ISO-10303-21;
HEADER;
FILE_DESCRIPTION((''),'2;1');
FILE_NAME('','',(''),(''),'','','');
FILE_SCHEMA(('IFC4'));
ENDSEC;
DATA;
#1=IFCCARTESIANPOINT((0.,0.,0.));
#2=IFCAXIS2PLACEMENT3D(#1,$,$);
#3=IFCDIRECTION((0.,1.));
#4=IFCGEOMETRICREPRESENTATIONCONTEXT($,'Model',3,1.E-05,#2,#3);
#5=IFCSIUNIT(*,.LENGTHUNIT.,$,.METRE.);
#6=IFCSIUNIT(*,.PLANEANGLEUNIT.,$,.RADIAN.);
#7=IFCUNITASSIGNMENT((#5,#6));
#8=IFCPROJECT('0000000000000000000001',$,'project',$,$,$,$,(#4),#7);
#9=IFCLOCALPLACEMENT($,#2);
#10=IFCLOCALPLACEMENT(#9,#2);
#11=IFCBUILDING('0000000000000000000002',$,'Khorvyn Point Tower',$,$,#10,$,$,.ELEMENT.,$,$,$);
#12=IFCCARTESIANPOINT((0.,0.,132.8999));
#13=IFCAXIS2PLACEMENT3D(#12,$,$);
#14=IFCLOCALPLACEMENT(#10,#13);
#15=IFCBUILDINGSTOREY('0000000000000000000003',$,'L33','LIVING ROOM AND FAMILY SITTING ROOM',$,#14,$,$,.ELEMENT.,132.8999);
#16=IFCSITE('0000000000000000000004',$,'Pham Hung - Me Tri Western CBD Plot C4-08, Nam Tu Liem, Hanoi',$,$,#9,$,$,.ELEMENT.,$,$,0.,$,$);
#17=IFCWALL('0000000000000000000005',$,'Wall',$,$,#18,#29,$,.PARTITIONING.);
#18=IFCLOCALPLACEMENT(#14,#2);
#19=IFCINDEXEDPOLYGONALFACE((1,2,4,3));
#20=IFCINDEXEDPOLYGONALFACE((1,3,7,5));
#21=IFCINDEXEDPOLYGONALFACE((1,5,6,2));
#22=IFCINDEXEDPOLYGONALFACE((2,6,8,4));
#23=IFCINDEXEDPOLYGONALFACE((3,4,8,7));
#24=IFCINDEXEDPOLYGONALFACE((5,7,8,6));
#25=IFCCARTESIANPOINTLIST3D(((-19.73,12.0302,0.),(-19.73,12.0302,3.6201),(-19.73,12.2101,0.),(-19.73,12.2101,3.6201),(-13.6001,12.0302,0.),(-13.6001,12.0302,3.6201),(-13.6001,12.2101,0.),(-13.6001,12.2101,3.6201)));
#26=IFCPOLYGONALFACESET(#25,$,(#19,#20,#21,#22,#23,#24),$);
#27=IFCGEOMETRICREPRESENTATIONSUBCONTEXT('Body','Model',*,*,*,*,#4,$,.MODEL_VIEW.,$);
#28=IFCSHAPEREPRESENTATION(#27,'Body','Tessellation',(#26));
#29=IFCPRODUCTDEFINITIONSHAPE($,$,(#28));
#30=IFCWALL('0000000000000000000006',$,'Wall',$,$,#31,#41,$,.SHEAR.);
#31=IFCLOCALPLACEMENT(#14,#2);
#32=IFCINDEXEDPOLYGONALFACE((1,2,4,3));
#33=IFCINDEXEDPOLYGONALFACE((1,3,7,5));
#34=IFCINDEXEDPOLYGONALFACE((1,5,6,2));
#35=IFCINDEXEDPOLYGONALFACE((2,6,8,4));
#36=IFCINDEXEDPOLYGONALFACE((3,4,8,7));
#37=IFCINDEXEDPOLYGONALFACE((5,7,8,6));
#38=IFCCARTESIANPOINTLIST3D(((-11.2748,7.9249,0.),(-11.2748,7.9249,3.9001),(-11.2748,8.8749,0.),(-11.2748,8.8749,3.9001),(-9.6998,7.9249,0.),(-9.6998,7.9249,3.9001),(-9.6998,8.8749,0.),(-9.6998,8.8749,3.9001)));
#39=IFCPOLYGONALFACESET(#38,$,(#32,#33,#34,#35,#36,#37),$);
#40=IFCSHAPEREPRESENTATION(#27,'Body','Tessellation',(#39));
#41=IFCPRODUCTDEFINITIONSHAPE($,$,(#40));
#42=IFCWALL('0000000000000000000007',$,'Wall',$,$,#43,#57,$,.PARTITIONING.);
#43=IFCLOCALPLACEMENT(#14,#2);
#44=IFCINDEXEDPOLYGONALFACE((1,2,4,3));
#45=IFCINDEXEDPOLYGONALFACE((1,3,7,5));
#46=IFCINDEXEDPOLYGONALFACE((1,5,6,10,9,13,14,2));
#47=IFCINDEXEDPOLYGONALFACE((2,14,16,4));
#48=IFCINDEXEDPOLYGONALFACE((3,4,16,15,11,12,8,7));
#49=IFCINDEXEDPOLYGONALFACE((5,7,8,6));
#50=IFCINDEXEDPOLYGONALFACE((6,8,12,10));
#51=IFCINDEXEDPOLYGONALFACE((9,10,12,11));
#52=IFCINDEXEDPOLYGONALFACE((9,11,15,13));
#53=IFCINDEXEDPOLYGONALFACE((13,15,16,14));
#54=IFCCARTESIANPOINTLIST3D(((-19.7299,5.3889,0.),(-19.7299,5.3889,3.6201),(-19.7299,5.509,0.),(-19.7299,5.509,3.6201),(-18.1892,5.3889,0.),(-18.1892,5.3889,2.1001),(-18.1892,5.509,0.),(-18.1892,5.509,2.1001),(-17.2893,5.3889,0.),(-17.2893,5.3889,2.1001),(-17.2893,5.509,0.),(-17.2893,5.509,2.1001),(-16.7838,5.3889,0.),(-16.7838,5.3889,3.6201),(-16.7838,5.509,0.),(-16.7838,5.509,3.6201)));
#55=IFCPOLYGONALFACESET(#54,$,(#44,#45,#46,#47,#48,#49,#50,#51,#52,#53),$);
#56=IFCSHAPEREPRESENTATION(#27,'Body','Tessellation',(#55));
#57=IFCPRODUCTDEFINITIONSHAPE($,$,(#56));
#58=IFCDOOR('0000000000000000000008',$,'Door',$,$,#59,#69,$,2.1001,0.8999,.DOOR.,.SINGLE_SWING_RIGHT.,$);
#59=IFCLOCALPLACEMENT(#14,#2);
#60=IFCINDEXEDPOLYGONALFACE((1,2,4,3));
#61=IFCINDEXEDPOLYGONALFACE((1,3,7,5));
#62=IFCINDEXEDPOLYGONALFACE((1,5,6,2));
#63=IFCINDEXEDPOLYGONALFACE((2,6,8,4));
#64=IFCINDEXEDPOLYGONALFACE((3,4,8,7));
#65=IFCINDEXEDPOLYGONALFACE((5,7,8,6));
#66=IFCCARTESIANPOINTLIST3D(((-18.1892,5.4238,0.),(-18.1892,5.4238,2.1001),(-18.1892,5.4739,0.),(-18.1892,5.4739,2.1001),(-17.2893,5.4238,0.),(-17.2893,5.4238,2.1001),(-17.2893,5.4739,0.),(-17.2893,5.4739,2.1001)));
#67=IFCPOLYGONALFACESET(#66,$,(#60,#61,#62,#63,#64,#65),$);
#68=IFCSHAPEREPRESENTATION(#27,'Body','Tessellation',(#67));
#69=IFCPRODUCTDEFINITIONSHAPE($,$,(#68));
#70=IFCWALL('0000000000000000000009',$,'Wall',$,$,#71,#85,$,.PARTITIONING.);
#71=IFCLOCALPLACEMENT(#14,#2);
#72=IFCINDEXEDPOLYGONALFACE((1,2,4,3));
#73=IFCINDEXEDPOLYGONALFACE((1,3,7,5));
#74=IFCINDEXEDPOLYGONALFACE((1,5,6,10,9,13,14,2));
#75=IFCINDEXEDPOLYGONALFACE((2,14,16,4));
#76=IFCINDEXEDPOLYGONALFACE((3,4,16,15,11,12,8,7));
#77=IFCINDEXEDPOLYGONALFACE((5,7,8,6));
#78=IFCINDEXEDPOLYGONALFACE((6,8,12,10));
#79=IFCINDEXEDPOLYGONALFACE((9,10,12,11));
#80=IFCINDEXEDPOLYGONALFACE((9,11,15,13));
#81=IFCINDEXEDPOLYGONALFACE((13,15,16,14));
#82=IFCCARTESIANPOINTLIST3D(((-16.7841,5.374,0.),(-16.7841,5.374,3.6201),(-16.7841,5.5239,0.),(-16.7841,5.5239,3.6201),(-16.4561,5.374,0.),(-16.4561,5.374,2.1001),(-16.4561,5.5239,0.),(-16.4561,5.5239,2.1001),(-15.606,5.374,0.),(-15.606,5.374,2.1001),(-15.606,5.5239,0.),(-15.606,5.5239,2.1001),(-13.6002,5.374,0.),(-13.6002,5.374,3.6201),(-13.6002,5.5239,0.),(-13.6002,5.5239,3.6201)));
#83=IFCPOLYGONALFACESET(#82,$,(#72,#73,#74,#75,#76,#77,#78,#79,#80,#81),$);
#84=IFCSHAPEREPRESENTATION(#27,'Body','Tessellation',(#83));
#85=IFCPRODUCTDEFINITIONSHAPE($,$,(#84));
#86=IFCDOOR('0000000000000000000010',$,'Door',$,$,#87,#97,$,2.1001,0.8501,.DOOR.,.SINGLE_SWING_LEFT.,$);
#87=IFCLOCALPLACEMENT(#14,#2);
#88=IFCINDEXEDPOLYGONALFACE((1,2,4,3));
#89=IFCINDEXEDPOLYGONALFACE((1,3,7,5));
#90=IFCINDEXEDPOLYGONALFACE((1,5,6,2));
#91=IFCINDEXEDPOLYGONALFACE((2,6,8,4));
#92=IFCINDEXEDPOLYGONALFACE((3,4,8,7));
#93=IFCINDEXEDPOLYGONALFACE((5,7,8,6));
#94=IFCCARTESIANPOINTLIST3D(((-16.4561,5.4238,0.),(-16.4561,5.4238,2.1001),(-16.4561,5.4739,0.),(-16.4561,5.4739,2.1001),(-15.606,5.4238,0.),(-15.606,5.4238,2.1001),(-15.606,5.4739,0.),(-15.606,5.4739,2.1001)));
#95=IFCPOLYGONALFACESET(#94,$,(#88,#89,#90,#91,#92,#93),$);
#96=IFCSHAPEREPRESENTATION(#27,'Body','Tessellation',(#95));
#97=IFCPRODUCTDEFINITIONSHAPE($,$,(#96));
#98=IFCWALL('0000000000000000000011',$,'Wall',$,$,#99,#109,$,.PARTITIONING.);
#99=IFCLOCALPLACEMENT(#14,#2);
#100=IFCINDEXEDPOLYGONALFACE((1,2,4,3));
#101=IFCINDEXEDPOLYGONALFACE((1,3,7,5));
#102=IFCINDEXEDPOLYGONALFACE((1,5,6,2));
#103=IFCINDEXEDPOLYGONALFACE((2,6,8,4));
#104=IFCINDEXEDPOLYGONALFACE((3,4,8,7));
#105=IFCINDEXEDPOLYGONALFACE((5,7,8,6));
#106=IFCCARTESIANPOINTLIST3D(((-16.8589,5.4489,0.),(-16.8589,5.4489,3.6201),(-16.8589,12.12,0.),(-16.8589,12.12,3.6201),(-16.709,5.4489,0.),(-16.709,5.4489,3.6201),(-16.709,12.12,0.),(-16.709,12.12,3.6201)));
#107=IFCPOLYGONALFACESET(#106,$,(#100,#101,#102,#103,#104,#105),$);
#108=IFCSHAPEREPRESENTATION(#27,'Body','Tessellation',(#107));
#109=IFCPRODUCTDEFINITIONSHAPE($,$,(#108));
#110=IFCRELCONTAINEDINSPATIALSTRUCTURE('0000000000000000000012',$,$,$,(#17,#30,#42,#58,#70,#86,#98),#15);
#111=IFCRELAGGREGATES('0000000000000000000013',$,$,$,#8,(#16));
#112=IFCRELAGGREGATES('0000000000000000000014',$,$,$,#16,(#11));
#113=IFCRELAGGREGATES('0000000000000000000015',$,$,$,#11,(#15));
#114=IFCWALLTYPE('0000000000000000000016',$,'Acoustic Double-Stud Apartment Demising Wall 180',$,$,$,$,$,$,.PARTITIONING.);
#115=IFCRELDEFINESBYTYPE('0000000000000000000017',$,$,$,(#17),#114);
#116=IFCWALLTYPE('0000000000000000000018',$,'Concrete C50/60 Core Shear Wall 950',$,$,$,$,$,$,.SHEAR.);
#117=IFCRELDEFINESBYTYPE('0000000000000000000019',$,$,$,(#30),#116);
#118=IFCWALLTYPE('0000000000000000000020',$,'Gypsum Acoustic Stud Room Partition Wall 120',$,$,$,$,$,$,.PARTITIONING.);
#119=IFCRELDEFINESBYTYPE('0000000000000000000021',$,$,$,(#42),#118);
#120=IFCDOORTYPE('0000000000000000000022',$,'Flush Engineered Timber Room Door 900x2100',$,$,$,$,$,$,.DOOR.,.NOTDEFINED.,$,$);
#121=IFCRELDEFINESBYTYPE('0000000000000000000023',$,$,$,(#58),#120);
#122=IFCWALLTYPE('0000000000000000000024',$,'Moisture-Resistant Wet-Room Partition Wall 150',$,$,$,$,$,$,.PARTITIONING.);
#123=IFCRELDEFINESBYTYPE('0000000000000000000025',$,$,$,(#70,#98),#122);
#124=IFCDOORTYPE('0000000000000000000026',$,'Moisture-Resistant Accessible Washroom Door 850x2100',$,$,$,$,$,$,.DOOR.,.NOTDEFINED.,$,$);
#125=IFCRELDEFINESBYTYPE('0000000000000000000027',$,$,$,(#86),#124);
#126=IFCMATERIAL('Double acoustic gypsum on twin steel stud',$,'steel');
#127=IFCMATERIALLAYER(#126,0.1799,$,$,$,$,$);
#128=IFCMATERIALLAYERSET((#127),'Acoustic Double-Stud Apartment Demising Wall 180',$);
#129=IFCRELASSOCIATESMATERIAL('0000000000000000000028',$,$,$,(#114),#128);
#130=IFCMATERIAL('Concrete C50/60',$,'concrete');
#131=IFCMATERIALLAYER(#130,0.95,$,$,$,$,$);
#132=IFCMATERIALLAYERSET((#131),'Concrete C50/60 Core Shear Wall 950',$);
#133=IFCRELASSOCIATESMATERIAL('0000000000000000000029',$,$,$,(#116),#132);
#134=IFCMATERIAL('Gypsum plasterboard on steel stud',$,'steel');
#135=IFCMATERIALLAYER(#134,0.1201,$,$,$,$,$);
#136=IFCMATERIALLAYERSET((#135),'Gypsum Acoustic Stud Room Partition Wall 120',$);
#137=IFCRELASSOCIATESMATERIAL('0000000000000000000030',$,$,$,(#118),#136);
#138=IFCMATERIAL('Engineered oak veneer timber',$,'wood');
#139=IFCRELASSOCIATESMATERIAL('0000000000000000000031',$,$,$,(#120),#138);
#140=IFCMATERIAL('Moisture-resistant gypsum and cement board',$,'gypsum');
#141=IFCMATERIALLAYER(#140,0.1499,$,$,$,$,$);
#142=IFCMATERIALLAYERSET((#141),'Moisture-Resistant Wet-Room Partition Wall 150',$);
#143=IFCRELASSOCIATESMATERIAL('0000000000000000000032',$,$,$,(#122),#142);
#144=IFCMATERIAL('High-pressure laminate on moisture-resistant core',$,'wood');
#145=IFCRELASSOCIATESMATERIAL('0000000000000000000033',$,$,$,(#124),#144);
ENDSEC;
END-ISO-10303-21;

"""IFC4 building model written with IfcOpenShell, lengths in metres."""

from ifc_helpers import new_model, si_unit, direction, frame, frame_2d, origin, place, context, subcontext, project, spatial, rectangle, extrude, material, layer, layer_set, type_object, element, fill, save


model = new_model("IFC4")

# Units and contexts
model_context = context("Model", 3, precision=1e-05, world=origin(), true_north=direction((0.0, 1.0)))
body_context = subcontext(model_context, "Body", "Model", "MODEL_VIEW")
ifc_project = project(units=[si_unit("LENGTHUNIT", "METRE"), si_unit("PLANEANGLEUNIT", "RADIAN")], contexts=[model_context])

# Site, building, storey
site_placement = place(None, origin())
site = spatial("IfcSite", under=ifc_project, at=site_placement, Name="Pham Hung - Me Tri Western CBD Plot C4-08, Nam Tu Liem, Hanoi", CompositionType="ELEMENT", RefElevation=0.0)
building_placement = place(site_placement, origin())
building = spatial("IfcBuilding", under=site, at=building_placement, Name="Khorvyn Point Tower", CompositionType="ELEMENT")
storey_placement = place(building_placement, frame((0.0, 0.0, 132.8999)))
storey = spatial("IfcBuildingStorey", under=building, at=storey_placement, Name="L33", Description="LIVING ROOM AND FAMILY SITTING ROOM", CompositionType="ELEMENT", Elevation=132.8999)

# Shared definitions
ifc_material_1 = material(Name="Concrete C50/60", Category="concrete")

# Shared definitions
ifc_material_2 = material(Name="Double acoustic gypsum on twin steel stud", Category="steel")
ifc_layer_1 = layer(ifc_material_2, 0.1799)
ifc_layer_set_1 = layer_set([ifc_layer_1], Name="Acoustic Double-Stud Apartment Demising Wall 180")
wall_type_1 = type_object("IfcWallType", Name="Acoustic Double-Stud Apartment Demising Wall 180", PredefinedType="PARTITIONING", material=ifc_layer_set_1)

# Walls
wall_1_placement = place(storey_placement, frame((-19.73, 12.1201, 0.0), z_axis=(0.0, 0.0, 1.0), x_axis=(1.0, 0.0, 0.0)))
element("IfcWall", 1, at=wall_1_placement, inside=storey, type_object=wall_type_1, Name="Wall", PredefinedType="PARTITIONING", context=body_context, shape_type="SweptSolid", body=[
    extrude(rectangle(XDim=6.1299, YDim=0.1799, at=frame_2d((3.0649, 0.0))), origin(), (0.0, 0.0, 1.0), 3.6201),
])
ifc_layer_2 = layer(ifc_material_1, 0.95)
ifc_layer_set_2 = layer_set([ifc_layer_2], Name="Concrete C50/60 Core Shear Wall 950")
wall_type_2 = type_object("IfcWallType", Name="Concrete C50/60 Core Shear Wall 950", PredefinedType="SHEAR", material=ifc_layer_set_2)
wall_2_placement = place(storey_placement, frame((-11.2749, 8.3999, 0.0), z_axis=(0.0, 0.0, 1.0), x_axis=(1.0, 0.0, 0.0)))
element("IfcWall", 2, at=wall_2_placement, inside=storey, type_object=wall_type_2, Name="Wall", PredefinedType="SHEAR", context=body_context, shape_type="SweptSolid", body=[
    extrude(rectangle(XDim=1.575, YDim=0.95, at=frame_2d((0.7876, 0.0))), origin(), (0.0, 0.0, 1.0), 3.9001),
])

# Walls, openings, doors
ifc_material_3 = material(Name="Gypsum plasterboard on steel stud", Category="steel")
ifc_layer_3 = layer(ifc_material_3, 0.1201)
ifc_layer_set_3 = layer_set([ifc_layer_3], Name="Gypsum Acoustic Stud Room Partition Wall 120")
wall_type_3 = type_object("IfcWallType", Name="Gypsum Acoustic Stud Room Partition Wall 120", PredefinedType="PARTITIONING", material=ifc_layer_set_3)
wall_3_placement = place(storey_placement, frame((-19.73, 5.449, 0.0), z_axis=(0.0, 0.0, 1.0), x_axis=(1.0, 0.0, 0.0)))
wall_3 = element("IfcWall", 3, at=wall_3_placement, inside=storey, type_object=wall_type_3, Name="Wall", PredefinedType="PARTITIONING", context=body_context, shape_type="SweptSolid", body=[
    extrude(rectangle(XDim=2.946, YDim=0.1201, at=frame_2d((1.4731, 0.0))), origin(), (0.0, 0.0, 1.0), 3.6201),
])
opening_1_placement = place(wall_3_placement, frame((1.5408, 0.0, 0.0)))
opening_1 = element("IfcOpeningElement", 4, at=opening_1_placement, cuts=wall_3, PredefinedType="OPENING", context=body_context, shape_type="SweptSolid", body=[
    extrude(rectangle(XDim=0.8999, YDim=2.1001, at=frame_2d((0.45, 1.05))), frame((0.0, 0.0701, 0.0), z_axis=(0.0, -1.0, 0.0), x_axis=(1.0, 0.0, 0.0)), (0.0, 0.0, 1.0), 0.1401),
])
ifc_material_4 = material(Name="Engineered oak veneer timber", Category="wood")
door_type_1 = type_object("IfcDoorType", Name="Flush Engineered Timber Room Door 900x2100", OperationType="NOTDEFINED", PredefinedType="DOOR", material=ifc_material_4)
door_1_placement = place(opening_1_placement, origin())
door_1 = element("IfcDoor", 5, at=door_1_placement, inside=storey, type_object=door_type_1, Name="Door", OperationType="SINGLE_SWING_RIGHT", OverallHeight=2.1001, OverallWidth=0.8999, PredefinedType="DOOR", context=body_context, shape_type="SweptSolid", body=[
    extrude(rectangle(XDim=0.8999, YDim=2.1001, at=frame_2d((0.45, 1.05))), frame((0.0, 0.0249, 0.0), z_axis=(0.0, -1.0, 0.0), x_axis=(1.0, 0.0, 0.0)), (0.0, 0.0, 1.0), 0.05),
])
fill(opening_1, door_1)
ifc_material_5 = material(Name="Moisture-resistant gypsum and cement board", Category="gypsum")
ifc_layer_4 = layer(ifc_material_5, 0.1499)
ifc_layer_set_4 = layer_set([ifc_layer_4], Name="Moisture-Resistant Wet-Room Partition Wall 150")
wall_type_4 = type_object("IfcWallType", Name="Moisture-Resistant Wet-Room Partition Wall 150", PredefinedType="PARTITIONING", material=ifc_layer_set_4)
wall_4_placement = place(storey_placement, frame((-16.7839, 5.449, 0.0), z_axis=(0.0, 0.0, 1.0), x_axis=(1.0, 0.0, 0.0)))
wall_4 = element("IfcWall", 6, at=wall_4_placement, inside=storey, type_object=wall_type_4, Name="Wall", PredefinedType="PARTITIONING", context=body_context, shape_type="SweptSolid", body=[
    extrude(rectangle(XDim=3.1838, YDim=0.1499, at=frame_2d((1.5918, 0.0))), origin(), (0.0, 0.0, 1.0), 3.6201),
])
opening_2_placement = place(wall_4_placement, frame((0.3279, 0.0, 0.0)))
opening_2 = element("IfcOpeningElement", 7, at=opening_2_placement, cuts=wall_4, PredefinedType="OPENING", context=body_context, shape_type="SweptSolid", body=[
    extrude(rectangle(XDim=0.8501, YDim=2.1001, at=frame_2d((0.425, 1.05))), frame((0.0, 0.085, 0.0), z_axis=(0.0, -1.0, 0.0), x_axis=(1.0, 0.0, 0.0)), (0.0, 0.0, 1.0), 0.1699),
])
ifc_material_6 = material(Name="High-pressure laminate on moisture-resistant core", Category="wood")
door_type_2 = type_object("IfcDoorType", Name="Moisture-Resistant Accessible Washroom Door 850x2100", OperationType="NOTDEFINED", PredefinedType="DOOR", material=ifc_material_6)
door_2_placement = place(opening_2_placement, origin())
door_2 = element("IfcDoor", 8, at=door_2_placement, inside=storey, type_object=door_type_2, Name="Door", OperationType="SINGLE_SWING_LEFT", OverallHeight=2.1001, OverallWidth=0.8501, PredefinedType="DOOR", context=body_context, shape_type="SweptSolid", body=[
    extrude(rectangle(XDim=0.8501, YDim=2.1001, at=frame_2d((0.425, 1.05))), frame((0.0, 0.0249, 0.0), z_axis=(0.0, -1.0, 0.0), x_axis=(1.0, 0.0, 0.0)), (0.0, 0.0, 1.0), 0.05),
])
fill(opening_2, door_2)

# Wall
wall_5_placement = place(storey_placement, frame((-16.7839, 5.449, 0.0), z_axis=(0.0, 0.0, 1.0), x_axis=(0.0, 1.0, 0.0)))
element("IfcWall", 9, at=wall_5_placement, inside=storey, type_object=wall_type_4, Name="Wall", PredefinedType="PARTITIONING", context=body_context, shape_type="SweptSolid", body=[
    extrude(rectangle(XDim=6.6711, YDim=0.1499, at=frame_2d((3.3354, 0.0))), origin(), (0.0, 0.0, 1.0), 3.6201),
])

save(model, "model.ifc")
